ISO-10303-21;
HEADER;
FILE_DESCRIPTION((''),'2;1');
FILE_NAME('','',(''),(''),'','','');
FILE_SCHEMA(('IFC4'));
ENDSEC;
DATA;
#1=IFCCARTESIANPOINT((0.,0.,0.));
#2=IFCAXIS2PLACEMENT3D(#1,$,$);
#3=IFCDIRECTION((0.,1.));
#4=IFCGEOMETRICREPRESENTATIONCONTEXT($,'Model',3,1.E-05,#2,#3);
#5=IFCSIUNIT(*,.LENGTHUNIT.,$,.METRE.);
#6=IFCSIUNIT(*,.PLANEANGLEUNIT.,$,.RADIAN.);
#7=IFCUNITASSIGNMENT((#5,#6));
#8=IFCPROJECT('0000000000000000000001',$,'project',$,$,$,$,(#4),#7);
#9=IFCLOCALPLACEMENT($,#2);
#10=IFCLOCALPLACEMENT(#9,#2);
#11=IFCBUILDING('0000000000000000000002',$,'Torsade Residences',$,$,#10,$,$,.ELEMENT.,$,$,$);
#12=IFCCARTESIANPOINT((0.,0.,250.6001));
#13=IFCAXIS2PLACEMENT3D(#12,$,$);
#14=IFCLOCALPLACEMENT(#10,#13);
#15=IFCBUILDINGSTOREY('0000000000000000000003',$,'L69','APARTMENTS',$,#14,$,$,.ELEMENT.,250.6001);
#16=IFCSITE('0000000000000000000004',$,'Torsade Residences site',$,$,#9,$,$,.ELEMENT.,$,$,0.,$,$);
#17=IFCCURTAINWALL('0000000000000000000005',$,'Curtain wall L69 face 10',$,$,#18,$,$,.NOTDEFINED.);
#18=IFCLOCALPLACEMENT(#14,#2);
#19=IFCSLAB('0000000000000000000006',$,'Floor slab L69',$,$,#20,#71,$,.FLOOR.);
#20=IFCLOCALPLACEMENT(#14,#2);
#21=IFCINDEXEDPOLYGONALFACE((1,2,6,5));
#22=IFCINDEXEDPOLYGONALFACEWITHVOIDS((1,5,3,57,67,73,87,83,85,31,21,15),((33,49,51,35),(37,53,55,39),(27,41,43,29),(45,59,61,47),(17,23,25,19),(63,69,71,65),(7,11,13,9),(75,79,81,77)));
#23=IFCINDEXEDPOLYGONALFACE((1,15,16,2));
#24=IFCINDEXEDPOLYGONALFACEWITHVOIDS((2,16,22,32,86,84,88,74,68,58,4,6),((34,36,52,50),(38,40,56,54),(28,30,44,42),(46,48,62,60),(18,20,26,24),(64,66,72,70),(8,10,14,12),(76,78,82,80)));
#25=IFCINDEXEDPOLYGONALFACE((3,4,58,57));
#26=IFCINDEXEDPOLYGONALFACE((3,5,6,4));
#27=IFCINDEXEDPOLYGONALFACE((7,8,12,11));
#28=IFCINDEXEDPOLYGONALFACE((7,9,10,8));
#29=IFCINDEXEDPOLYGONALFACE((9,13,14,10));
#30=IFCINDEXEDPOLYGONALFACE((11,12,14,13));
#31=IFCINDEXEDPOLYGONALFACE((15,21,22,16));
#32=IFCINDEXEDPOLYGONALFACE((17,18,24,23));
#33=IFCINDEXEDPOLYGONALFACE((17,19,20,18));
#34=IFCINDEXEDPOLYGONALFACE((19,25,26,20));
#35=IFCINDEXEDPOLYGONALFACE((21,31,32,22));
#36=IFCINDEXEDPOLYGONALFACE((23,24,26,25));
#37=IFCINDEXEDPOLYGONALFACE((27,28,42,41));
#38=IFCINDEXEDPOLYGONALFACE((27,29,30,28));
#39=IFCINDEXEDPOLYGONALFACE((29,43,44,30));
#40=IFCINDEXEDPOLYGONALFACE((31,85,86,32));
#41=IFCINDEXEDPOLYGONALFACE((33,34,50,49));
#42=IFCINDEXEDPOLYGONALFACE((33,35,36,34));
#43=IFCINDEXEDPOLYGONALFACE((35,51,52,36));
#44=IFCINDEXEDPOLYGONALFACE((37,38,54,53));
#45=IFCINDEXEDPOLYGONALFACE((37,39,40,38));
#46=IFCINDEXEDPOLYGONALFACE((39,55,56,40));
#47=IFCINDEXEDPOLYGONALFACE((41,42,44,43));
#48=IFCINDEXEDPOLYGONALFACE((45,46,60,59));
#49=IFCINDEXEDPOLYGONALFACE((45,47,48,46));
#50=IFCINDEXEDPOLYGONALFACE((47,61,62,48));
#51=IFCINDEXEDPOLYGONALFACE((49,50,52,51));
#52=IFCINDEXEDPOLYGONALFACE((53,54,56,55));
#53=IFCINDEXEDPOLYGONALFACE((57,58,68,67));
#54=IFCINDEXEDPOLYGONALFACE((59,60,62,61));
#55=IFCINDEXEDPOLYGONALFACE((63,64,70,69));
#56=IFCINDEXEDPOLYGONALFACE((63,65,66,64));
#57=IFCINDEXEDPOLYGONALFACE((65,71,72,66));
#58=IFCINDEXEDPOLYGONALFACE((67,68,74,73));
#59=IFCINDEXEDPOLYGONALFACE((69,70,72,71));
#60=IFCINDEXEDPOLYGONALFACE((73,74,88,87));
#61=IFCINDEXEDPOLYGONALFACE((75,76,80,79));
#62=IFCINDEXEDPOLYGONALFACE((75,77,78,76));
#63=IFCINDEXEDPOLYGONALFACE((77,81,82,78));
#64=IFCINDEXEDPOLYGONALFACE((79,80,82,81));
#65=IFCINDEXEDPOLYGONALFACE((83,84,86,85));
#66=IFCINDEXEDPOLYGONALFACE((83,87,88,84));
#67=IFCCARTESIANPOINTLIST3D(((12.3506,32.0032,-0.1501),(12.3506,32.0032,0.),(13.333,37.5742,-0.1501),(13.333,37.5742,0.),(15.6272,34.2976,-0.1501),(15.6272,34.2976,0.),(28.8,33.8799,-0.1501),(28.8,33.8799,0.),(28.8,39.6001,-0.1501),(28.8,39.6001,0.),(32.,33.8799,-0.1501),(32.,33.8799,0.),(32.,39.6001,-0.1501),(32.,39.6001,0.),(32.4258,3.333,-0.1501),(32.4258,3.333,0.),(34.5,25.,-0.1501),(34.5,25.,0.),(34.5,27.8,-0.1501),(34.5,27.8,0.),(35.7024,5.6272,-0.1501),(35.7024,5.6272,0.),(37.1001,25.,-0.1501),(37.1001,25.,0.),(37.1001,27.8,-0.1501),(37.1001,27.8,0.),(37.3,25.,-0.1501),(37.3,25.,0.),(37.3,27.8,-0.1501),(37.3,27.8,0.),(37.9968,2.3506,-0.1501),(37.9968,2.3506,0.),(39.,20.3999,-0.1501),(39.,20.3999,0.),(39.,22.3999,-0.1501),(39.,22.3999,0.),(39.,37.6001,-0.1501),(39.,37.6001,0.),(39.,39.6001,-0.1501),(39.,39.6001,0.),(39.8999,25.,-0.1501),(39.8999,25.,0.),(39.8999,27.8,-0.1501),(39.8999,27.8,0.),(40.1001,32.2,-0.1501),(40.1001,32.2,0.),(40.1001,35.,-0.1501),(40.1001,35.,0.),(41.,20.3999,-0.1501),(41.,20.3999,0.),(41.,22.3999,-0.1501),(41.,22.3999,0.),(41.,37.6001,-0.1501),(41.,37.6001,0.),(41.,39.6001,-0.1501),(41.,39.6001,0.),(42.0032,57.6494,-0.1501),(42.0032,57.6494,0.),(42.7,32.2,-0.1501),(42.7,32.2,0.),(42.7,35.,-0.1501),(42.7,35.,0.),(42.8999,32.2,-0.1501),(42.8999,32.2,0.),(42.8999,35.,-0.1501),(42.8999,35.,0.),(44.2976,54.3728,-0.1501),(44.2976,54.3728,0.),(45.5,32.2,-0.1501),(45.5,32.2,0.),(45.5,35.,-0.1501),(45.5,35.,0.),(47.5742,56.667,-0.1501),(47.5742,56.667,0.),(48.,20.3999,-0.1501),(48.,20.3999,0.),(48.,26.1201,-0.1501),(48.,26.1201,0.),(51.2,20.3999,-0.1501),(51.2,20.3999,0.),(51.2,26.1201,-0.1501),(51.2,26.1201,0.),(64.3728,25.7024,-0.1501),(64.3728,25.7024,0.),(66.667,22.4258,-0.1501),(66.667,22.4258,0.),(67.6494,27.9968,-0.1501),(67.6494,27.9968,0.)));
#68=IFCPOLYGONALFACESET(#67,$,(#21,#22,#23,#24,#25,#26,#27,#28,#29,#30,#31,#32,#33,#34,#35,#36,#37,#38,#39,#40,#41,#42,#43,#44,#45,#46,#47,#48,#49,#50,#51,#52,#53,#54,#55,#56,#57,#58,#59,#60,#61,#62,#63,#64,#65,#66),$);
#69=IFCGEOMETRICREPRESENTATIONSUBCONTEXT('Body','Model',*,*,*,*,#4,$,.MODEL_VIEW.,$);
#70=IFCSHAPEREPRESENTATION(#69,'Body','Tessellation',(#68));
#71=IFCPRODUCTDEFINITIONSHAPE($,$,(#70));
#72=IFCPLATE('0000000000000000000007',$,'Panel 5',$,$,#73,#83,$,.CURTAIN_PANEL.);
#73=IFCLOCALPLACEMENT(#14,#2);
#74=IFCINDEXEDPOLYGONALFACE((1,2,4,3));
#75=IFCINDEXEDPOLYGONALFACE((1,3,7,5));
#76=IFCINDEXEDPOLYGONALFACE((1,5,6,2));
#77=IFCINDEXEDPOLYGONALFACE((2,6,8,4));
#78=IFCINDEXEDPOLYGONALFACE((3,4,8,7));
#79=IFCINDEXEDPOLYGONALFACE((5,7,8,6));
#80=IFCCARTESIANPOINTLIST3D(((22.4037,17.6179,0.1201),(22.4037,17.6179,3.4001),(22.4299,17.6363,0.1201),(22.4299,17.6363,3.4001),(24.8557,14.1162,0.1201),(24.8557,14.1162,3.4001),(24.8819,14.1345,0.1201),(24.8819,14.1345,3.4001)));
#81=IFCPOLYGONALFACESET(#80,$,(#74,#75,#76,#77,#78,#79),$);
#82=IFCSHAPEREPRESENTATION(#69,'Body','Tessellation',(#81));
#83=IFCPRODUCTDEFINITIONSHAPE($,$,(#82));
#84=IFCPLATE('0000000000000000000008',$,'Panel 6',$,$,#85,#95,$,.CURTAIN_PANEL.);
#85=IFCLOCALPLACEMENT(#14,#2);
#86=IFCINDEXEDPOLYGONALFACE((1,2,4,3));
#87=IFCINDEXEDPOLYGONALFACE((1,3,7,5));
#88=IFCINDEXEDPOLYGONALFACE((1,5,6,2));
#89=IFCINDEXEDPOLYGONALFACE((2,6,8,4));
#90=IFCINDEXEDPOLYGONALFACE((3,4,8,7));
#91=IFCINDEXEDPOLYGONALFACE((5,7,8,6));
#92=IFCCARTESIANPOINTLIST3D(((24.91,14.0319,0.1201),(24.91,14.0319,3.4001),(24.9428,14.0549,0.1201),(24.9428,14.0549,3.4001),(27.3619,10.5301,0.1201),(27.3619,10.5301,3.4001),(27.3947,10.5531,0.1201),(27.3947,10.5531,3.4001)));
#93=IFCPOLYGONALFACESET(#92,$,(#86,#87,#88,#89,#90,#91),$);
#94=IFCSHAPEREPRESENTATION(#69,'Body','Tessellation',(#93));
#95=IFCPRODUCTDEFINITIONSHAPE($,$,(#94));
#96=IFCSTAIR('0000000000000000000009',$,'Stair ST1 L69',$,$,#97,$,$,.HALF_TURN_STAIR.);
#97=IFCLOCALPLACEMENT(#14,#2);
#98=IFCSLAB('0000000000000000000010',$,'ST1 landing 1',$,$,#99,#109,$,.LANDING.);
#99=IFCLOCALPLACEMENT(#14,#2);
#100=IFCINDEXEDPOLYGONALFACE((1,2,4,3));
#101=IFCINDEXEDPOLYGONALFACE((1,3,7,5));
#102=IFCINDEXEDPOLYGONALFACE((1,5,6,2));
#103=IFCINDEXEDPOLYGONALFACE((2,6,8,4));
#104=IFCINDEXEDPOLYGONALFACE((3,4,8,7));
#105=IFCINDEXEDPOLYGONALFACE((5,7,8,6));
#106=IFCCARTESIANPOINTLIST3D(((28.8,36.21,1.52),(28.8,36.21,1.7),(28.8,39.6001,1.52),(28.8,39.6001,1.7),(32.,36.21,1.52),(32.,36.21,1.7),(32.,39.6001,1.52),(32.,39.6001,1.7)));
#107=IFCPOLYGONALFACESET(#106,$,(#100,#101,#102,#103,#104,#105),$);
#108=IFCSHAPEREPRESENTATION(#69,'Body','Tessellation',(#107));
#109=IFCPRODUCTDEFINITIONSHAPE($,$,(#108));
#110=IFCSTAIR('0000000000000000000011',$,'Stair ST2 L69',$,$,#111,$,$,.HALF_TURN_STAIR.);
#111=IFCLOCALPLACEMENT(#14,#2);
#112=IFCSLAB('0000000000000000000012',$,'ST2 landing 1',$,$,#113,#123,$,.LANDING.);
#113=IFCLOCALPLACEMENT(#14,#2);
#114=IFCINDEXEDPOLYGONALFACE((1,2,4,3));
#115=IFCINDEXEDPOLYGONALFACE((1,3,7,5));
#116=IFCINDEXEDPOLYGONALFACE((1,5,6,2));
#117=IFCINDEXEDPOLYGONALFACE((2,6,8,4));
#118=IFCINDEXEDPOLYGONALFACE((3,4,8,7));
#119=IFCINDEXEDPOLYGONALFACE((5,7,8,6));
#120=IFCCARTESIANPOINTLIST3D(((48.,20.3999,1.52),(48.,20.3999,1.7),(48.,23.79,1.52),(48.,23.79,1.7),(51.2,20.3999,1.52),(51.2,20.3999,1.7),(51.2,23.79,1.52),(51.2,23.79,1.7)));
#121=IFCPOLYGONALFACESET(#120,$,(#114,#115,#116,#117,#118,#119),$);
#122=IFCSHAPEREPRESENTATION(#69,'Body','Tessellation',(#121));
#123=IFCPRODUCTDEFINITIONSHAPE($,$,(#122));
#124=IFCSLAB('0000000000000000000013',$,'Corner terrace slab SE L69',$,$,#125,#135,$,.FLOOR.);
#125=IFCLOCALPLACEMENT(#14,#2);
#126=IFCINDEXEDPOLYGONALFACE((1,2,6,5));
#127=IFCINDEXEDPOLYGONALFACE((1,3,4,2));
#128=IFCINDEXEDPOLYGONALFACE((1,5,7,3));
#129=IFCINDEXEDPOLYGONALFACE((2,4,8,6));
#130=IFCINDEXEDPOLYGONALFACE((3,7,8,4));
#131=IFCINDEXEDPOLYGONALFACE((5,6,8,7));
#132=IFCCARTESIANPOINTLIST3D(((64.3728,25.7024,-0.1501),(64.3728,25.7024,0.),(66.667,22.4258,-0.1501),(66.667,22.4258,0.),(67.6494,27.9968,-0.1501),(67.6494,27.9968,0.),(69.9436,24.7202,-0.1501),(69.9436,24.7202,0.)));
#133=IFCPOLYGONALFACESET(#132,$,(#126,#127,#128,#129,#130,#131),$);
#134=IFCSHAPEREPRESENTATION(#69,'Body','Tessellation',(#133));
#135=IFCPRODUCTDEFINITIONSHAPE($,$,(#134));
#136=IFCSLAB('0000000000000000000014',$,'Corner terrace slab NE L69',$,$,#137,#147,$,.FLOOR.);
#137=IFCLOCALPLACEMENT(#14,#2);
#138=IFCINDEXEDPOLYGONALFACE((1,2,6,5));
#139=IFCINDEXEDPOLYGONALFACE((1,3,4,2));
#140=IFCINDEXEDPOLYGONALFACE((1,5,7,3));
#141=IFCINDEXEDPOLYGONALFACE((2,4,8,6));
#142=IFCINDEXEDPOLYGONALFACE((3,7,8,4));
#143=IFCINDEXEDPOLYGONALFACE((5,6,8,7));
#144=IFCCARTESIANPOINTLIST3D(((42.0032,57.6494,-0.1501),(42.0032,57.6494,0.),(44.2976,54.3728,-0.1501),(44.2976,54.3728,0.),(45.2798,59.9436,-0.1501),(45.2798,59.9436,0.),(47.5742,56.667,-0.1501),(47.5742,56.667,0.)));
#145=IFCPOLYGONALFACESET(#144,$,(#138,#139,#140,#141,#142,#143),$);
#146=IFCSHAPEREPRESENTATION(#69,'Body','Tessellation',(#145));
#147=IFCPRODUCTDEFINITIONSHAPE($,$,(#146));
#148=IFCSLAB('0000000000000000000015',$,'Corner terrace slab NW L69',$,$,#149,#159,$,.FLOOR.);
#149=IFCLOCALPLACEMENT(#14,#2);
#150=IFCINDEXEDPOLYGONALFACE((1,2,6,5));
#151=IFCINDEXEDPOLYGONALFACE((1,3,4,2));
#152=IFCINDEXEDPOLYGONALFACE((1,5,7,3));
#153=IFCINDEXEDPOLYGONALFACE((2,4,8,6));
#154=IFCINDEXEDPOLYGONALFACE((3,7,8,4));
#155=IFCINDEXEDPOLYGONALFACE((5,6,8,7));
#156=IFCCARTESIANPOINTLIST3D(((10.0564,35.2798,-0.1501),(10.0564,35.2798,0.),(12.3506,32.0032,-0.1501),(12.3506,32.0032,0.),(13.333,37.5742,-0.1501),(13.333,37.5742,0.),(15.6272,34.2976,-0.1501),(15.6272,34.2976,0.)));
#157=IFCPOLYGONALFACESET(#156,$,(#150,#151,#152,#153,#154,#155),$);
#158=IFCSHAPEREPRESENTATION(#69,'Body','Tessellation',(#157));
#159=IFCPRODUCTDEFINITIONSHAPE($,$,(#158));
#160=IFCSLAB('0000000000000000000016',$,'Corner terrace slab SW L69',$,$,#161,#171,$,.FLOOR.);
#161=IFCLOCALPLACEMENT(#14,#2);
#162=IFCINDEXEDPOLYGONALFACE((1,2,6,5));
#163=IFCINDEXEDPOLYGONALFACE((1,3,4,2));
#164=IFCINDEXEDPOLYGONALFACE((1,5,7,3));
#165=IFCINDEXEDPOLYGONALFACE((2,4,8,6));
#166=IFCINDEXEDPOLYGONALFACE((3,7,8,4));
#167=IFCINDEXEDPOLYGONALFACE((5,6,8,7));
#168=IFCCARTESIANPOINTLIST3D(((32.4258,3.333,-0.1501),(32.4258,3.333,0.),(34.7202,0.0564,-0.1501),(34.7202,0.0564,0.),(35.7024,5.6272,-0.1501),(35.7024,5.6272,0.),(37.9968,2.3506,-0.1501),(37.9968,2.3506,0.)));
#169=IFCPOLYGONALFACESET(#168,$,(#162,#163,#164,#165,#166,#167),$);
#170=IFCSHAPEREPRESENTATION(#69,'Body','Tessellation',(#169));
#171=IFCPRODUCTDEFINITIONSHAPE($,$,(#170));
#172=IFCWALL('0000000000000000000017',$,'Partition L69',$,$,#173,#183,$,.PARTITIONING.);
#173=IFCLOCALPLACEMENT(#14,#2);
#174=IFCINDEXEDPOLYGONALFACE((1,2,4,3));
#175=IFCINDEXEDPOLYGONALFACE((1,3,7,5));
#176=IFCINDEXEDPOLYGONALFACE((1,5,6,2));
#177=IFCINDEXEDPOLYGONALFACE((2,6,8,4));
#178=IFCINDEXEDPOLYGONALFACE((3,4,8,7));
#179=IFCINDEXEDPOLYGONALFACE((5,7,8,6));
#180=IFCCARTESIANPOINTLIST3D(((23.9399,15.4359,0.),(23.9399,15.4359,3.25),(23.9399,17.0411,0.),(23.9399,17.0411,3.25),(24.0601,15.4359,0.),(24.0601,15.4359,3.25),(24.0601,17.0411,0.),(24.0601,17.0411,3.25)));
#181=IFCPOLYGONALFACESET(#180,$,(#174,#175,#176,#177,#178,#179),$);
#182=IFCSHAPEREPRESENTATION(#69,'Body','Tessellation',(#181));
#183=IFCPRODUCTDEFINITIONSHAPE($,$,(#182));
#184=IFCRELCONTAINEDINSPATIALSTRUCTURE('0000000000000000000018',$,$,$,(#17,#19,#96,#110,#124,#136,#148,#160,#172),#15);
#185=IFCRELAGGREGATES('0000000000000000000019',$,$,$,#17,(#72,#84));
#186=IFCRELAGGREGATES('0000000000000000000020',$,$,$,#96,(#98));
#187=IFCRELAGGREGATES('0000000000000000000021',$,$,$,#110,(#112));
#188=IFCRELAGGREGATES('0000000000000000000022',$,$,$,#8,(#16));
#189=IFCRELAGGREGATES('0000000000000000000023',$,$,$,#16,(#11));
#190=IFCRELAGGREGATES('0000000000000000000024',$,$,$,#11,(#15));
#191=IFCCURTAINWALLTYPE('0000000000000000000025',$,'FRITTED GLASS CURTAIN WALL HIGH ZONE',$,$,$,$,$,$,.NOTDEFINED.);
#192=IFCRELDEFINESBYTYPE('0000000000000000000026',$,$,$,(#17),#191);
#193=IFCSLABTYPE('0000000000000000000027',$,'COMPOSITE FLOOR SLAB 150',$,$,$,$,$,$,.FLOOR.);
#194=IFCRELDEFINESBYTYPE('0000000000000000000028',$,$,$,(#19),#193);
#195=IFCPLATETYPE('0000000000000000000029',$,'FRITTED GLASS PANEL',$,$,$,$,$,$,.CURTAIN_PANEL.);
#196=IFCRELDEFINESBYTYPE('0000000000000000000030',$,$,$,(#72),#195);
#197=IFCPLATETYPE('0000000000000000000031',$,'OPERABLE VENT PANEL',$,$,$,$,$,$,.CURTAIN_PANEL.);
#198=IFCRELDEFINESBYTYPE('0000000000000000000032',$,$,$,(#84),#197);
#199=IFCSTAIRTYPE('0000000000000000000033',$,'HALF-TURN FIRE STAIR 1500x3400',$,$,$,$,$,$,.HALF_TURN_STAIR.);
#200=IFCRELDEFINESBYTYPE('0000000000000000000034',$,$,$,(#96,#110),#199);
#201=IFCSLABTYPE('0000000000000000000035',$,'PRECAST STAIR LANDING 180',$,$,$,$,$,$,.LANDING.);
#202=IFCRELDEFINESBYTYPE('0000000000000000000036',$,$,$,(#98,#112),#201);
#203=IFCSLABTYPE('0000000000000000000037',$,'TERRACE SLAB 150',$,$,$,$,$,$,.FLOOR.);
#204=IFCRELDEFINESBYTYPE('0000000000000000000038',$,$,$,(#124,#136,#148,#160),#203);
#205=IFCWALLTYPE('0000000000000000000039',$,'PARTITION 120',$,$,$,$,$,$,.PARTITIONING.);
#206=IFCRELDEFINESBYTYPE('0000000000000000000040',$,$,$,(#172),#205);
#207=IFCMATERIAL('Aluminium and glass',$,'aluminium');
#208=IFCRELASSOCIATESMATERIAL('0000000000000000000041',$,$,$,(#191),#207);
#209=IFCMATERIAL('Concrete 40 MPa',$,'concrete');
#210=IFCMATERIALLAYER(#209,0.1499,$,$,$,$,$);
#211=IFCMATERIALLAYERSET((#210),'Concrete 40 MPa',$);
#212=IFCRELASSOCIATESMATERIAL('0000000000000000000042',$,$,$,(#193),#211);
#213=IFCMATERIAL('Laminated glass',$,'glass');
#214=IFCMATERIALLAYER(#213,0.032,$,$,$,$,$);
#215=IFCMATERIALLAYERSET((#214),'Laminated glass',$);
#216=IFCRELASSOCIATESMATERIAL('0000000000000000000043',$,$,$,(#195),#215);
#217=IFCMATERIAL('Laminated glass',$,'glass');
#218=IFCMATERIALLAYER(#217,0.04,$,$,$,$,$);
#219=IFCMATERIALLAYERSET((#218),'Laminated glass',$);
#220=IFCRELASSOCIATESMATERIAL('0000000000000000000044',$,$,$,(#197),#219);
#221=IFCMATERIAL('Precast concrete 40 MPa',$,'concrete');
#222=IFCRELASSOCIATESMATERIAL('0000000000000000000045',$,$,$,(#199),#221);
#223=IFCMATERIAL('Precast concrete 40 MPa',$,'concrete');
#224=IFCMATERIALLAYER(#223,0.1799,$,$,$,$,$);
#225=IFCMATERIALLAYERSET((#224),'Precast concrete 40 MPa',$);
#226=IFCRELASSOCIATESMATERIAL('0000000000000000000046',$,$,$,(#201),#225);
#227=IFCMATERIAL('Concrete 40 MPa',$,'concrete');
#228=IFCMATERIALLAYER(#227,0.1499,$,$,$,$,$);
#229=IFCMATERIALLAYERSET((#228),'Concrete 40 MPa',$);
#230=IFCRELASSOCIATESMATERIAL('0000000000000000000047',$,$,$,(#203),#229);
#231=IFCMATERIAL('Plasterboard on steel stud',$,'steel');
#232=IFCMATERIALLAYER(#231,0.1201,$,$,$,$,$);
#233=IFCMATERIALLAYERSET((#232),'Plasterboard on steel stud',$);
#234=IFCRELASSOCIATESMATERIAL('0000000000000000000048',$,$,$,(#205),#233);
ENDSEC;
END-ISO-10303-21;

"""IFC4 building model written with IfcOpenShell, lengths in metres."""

from ifc_helpers import new_model, si_unit, direction, frame, frame_2d, origin, origin_2d, place, context, subcontext, project, spatial, polyline, rectangle, outline, extrude, material, layer, layer_set, type_object, element, aggregate, save


model = new_model("IFC4")

# Units and contexts
model_context = context("Model", 3, precision=1e-05, world=origin(), true_north=direction((0.0, 1.0)))
body_context = subcontext(model_context, "Body", "Model", "MODEL_VIEW")
ifc_project = project(units=[si_unit("LENGTHUNIT", "METRE"), si_unit("PLANEANGLEUNIT", "RADIAN")], contexts=[model_context])

# Site, building, storey
site_placement = place(None, origin())
site = spatial("IfcSite", under=ifc_project, at=site_placement, Name="Torsade Residences site", CompositionType="ELEMENT", RefElevation=0.0)
building_placement = place(site_placement, origin())
building = spatial("IfcBuilding", under=site, at=building_placement, Name="Torsade Residences", CompositionType="ELEMENT")
storey_placement = place(building_placement, frame((0.0, 0.0, 250.6001)))
storey = spatial("IfcBuildingStorey", under=building, at=storey_placement, Name="L69", Description="APARTMENTS", CompositionType="ELEMENT", Elevation=250.6001)

# Curtain wall
ifc_material_1 = material(Name="Aluminium and glass", Category="aluminium")
curtain_wall_type = type_object("IfcCurtainWallType", Name="FRITTED GLASS CURTAIN WALL HIGH ZONE", PredefinedType="NOTDEFINED", material=ifc_material_1)
curtain_wall_placement = place(storey_placement, origin())
curtain_wall = element("IfcCurtainWall", 1, at=curtain_wall_placement, inside=storey, type_object=curtain_wall_type, Name="Curtain wall L69 face 10", PredefinedType="NOTDEFINED")

# Slab
ifc_material_2 = material(Name="Concrete 40 MPa", Category="concrete")
ifc_layer_1 = layer(ifc_material_2, 0.1499)
ifc_layer_set_1 = layer_set([ifc_layer_1], Name="Concrete 40 MPa")
slab_type_1 = type_object("IfcSlabType", Name="COMPOSITE FLOOR SLAB 150", PredefinedType="FLOOR", material=ifc_layer_set_1)
slab_1_placement = place(storey_placement, frame((0.0, 0.0, -0.1501)))
element("IfcSlab", 2, at=slab_1_placement, inside=storey, type_object=slab_type_1, Name="Floor slab L69", PredefinedType="FLOOR", context=body_context, shape_type="SweptSolid", body=[
    extrude(outline(polyline([(37.9968, 2.3506), (66.667, 22.4258), (64.3728, 25.7024), (67.6494, 27.9968), (47.5742, 56.667), (44.2976, 54.3728), (42.0032, 57.6494), (13.333, 37.5742), (15.6272, 34.2976), (12.3506, 32.0032), (32.4258, 3.333), (35.7024, 5.6272), (37.9968, 2.3506)]), holes=[polyline([(51.2, 26.1201), (48.0, 26.1201), (48.0, 20.3999), (51.2, 20.3999), (51.2, 26.1201)]), polyline([(45.5, 35.0), (42.8999, 35.0), (42.8999, 32.2), (45.5, 32.2), (45.5, 35.0)]), polyline([(42.7, 35.0), (40.1001, 35.0), (40.1001, 32.2), (42.7, 32.2), (42.7, 35.0)]), polyline([(41.0, 22.3999), (39.0, 22.3999), (39.0, 20.3999), (41.0, 20.3999), (41.0, 22.3999)]), polyline([(41.0, 39.6001), (39.0, 39.6001), (39.0, 37.6001), (41.0, 37.6001), (41.0, 39.6001)]), polyline([(39.8999, 27.8), (37.3, 27.8), (37.3, 25.0), (39.8999, 25.0), (39.8999, 27.8)]), polyline([(37.1001, 27.8), (34.5, 27.8), (34.5, 25.0), (37.1001, 25.0), (37.1001, 27.8)]), polyline([(32.0, 39.6001), (28.8, 39.6001), (28.8, 33.8799), (32.0, 33.8799), (32.0, 39.6001)])]), origin(), (0.0, 0.0, 1.0), 0.1501),
])

# Plates
ifc_material_3 = material(Name="Laminated glass", Category="glass")
ifc_layer_2 = layer(ifc_material_3, 0.032)
ifc_layer_set_2 = layer_set([ifc_layer_2], Name="Laminated glass")
plate_type_1 = type_object("IfcPlateType", Name="FRITTED GLASS PANEL", PredefinedType="CURTAIN_PANEL", material=ifc_layer_set_2)
plate_1_placement = place(storey_placement, frame((23.6428, 15.8762, 0.1201), z_axis=(0.0, 0.0, 1.0), x_axis=(0.573576, -0.819152, 0.0)))
plate_1 = element("IfcPlate", 3, at=plate_1_placement, type_object=plate_type_1, Name="Panel 5", PredefinedType="CURTAIN_PANEL", context=body_context, shape_type="SweptSolid", body=[
    extrude(rectangle(XDim=4.2749, YDim=0.032, at=origin_2d()), origin(), (0.0, 0.0, 1.0), 3.28),
])
ifc_material_4 = material(Name="Laminated glass", Category="glass")
ifc_layer_3 = layer(ifc_material_4, 0.04)
ifc_layer_set_3 = layer_set([ifc_layer_3], Name="Laminated glass")
plate_type_2 = type_object("IfcPlateType", Name="OPERABLE VENT PANEL", PredefinedType="CURTAIN_PANEL", material=ifc_layer_set_3)
plate_2_placement = place(storey_placement, frame((26.1523, 12.2925, 0.1201), z_axis=(0.0, 0.0, 1.0), x_axis=(0.573576, -0.819152, 0.0)))
plate_2 = element("IfcPlate", 4, at=plate_2_placement, type_object=plate_type_2, Name="Panel 6", PredefinedType="CURTAIN_PANEL", context=body_context, shape_type="SweptSolid", body=[
    extrude(rectangle(XDim=4.2749, YDim=0.04, at=origin_2d()), origin(), (0.0, 0.0, 1.0), 3.28),
])
aggregate(curtain_wall, [plate_1, plate_2])

# Stairs, slabs
ifc_material_5 = material(Name="Precast concrete 40 MPa", Category="concrete")
stair_type = type_object("IfcStairType", Name="HALF-TURN FIRE STAIR 1500x3400", PredefinedType="HALF_TURN_STAIR", material=ifc_material_5)
stair_1_placement = place(storey_placement, origin())
stair_1 = element("IfcStair", 5, at=stair_1_placement, inside=storey, type_object=stair_type, Name="Stair ST1 L69", PredefinedType="HALF_TURN_STAIR")
ifc_material_6 = material(Name="Precast concrete 40 MPa", Category="concrete")
ifc_layer_4 = layer(ifc_material_6, 0.1799)
ifc_layer_set_4 = layer_set([ifc_layer_4], Name="Precast concrete 40 MPa")
slab_type_2 = type_object("IfcSlabType", Name="PRECAST STAIR LANDING 180", PredefinedType="LANDING", material=ifc_layer_set_4)
slab_2_placement = place(storey_placement, frame((0.0, 0.0, 1.52)))
slab_2 = element("IfcSlab", 6, at=slab_2_placement, type_object=slab_type_2, Name="ST1 landing 1", PredefinedType="LANDING", context=body_context, shape_type="SweptSolid", body=[
    extrude(outline(polyline([(28.8, 36.21), (32.0, 36.21), (32.0, 39.6001), (28.8, 39.6001), (28.8, 36.21)])), origin(), (0.0, 0.0, 1.0), 0.1799),
])
aggregate(stair_1, [slab_2])
stair_2_placement = place(storey_placement, origin())
stair_2 = element("IfcStair", 7, at=stair_2_placement, inside=storey, type_object=stair_type, Name="Stair ST2 L69", PredefinedType="HALF_TURN_STAIR")
slab_3_placement = place(storey_placement, frame((0.0, 0.0, 1.52)))
slab_3 = element("IfcSlab", 8, at=slab_3_placement, type_object=slab_type_2, Name="ST2 landing 1", PredefinedType="LANDING", context=body_context, shape_type="SweptSolid", body=[
    extrude(outline(polyline([(48.0, 20.3999), (51.2, 20.3999), (51.2, 23.79), (48.0, 23.79), (48.0, 20.3999)])), origin(), (0.0, 0.0, 1.0), 0.1799),
])
aggregate(stair_2, [slab_3])

# Slabs
ifc_material_7 = material(Name="Concrete 40 MPa", Category="concrete")
ifc_layer_5 = layer(ifc_material_7, 0.1499)
ifc_layer_set_5 = layer_set([ifc_layer_5], Name="Concrete 40 MPa")
slab_type_3 = type_object("IfcSlabType", Name="TERRACE SLAB 150", PredefinedType="FLOOR", material=ifc_layer_set_5)
slab_4_placement = place(storey_placement, frame((0.0, 0.0, -0.1501)))
element("IfcSlab", 9, at=slab_4_placement, inside=storey, type_object=slab_type_3, Name="Corner terrace slab SE L69", PredefinedType="FLOOR", context=body_context, shape_type="SweptSolid", body=[
    extrude(outline(polyline([(66.667, 22.4258), (69.9436, 24.7202), (67.6494, 27.9968), (64.3728, 25.7024), (66.667, 22.4258)])), origin(), (0.0, 0.0, 1.0), 0.1501),
])
slab_5_placement = place(storey_placement, frame((0.0, 0.0, -0.1501)))
element("IfcSlab", 10, at=slab_5_placement, inside=storey, type_object=slab_type_3, Name="Corner terrace slab NE L69", PredefinedType="FLOOR", context=body_context, shape_type="SweptSolid", body=[
    extrude(outline(polyline([(44.2976, 54.3728), (47.5742, 56.667), (45.2798, 59.9436), (42.0032, 57.6494), (44.2976, 54.3728)])), origin(), (0.0, 0.0, 1.0), 0.1501),
])
slab_6_placement = place(storey_placement, frame((0.0, 0.0, -0.1501)))
element("IfcSlab", 11, at=slab_6_placement, inside=storey, type_object=slab_type_3, Name="Corner terrace slab NW L69", PredefinedType="FLOOR", context=body_context, shape_type="SweptSolid", body=[
    extrude(outline(polyline([(12.3506, 32.0032), (15.6272, 34.2976), (13.333, 37.5742), (10.0564, 35.2798), (12.3506, 32.0032)])), origin(), (0.0, 0.0, 1.0), 0.1501),
])
slab_7_placement = place(storey_placement, frame((0.0, 0.0, -0.1501)))
element("IfcSlab", 12, at=slab_7_placement, inside=storey, type_object=slab_type_3, Name="Corner terrace slab SW L69", PredefinedType="FLOOR", context=body_context, shape_type="SweptSolid", body=[
    extrude(outline(polyline([(34.7202, 0.0564), (37.9968, 2.3506), (35.7024, 5.6272), (32.4258, 3.333), (34.7202, 0.0564)])), origin(), (0.0, 0.0, 1.0), 0.1501),
])

# Wall
ifc_material_8 = material(Name="Plasterboard on steel stud", Category="steel")
ifc_layer_6 = layer(ifc_material_8, 0.1201)
ifc_layer_set_6 = layer_set([ifc_layer_6], Name="Plasterboard on steel stud")
wall_type_1 = type_object("IfcWallType", Name="PARTITION 120", PredefinedType="PARTITIONING", material=ifc_layer_set_6)
wall_1_placement = place(storey_placement, frame((24.0, 17.0413, 0.0), z_axis=(0.0, 0.0, 1.0), x_axis=(0.0, -1.0, 0.0)))
element("IfcWall", 13, at=wall_1_placement, inside=storey, type_object=wall_type_1, Name="Partition L69", PredefinedType="PARTITIONING", context=body_context, shape_type="SweptSolid", body=[
    extrude(rectangle(XDim=1.6052, YDim=0.1201, at=frame_2d((0.8027, 0.0))), origin(), (0.0, 0.0, 1.0), 3.25),
])

save(model, "model.ifc")
